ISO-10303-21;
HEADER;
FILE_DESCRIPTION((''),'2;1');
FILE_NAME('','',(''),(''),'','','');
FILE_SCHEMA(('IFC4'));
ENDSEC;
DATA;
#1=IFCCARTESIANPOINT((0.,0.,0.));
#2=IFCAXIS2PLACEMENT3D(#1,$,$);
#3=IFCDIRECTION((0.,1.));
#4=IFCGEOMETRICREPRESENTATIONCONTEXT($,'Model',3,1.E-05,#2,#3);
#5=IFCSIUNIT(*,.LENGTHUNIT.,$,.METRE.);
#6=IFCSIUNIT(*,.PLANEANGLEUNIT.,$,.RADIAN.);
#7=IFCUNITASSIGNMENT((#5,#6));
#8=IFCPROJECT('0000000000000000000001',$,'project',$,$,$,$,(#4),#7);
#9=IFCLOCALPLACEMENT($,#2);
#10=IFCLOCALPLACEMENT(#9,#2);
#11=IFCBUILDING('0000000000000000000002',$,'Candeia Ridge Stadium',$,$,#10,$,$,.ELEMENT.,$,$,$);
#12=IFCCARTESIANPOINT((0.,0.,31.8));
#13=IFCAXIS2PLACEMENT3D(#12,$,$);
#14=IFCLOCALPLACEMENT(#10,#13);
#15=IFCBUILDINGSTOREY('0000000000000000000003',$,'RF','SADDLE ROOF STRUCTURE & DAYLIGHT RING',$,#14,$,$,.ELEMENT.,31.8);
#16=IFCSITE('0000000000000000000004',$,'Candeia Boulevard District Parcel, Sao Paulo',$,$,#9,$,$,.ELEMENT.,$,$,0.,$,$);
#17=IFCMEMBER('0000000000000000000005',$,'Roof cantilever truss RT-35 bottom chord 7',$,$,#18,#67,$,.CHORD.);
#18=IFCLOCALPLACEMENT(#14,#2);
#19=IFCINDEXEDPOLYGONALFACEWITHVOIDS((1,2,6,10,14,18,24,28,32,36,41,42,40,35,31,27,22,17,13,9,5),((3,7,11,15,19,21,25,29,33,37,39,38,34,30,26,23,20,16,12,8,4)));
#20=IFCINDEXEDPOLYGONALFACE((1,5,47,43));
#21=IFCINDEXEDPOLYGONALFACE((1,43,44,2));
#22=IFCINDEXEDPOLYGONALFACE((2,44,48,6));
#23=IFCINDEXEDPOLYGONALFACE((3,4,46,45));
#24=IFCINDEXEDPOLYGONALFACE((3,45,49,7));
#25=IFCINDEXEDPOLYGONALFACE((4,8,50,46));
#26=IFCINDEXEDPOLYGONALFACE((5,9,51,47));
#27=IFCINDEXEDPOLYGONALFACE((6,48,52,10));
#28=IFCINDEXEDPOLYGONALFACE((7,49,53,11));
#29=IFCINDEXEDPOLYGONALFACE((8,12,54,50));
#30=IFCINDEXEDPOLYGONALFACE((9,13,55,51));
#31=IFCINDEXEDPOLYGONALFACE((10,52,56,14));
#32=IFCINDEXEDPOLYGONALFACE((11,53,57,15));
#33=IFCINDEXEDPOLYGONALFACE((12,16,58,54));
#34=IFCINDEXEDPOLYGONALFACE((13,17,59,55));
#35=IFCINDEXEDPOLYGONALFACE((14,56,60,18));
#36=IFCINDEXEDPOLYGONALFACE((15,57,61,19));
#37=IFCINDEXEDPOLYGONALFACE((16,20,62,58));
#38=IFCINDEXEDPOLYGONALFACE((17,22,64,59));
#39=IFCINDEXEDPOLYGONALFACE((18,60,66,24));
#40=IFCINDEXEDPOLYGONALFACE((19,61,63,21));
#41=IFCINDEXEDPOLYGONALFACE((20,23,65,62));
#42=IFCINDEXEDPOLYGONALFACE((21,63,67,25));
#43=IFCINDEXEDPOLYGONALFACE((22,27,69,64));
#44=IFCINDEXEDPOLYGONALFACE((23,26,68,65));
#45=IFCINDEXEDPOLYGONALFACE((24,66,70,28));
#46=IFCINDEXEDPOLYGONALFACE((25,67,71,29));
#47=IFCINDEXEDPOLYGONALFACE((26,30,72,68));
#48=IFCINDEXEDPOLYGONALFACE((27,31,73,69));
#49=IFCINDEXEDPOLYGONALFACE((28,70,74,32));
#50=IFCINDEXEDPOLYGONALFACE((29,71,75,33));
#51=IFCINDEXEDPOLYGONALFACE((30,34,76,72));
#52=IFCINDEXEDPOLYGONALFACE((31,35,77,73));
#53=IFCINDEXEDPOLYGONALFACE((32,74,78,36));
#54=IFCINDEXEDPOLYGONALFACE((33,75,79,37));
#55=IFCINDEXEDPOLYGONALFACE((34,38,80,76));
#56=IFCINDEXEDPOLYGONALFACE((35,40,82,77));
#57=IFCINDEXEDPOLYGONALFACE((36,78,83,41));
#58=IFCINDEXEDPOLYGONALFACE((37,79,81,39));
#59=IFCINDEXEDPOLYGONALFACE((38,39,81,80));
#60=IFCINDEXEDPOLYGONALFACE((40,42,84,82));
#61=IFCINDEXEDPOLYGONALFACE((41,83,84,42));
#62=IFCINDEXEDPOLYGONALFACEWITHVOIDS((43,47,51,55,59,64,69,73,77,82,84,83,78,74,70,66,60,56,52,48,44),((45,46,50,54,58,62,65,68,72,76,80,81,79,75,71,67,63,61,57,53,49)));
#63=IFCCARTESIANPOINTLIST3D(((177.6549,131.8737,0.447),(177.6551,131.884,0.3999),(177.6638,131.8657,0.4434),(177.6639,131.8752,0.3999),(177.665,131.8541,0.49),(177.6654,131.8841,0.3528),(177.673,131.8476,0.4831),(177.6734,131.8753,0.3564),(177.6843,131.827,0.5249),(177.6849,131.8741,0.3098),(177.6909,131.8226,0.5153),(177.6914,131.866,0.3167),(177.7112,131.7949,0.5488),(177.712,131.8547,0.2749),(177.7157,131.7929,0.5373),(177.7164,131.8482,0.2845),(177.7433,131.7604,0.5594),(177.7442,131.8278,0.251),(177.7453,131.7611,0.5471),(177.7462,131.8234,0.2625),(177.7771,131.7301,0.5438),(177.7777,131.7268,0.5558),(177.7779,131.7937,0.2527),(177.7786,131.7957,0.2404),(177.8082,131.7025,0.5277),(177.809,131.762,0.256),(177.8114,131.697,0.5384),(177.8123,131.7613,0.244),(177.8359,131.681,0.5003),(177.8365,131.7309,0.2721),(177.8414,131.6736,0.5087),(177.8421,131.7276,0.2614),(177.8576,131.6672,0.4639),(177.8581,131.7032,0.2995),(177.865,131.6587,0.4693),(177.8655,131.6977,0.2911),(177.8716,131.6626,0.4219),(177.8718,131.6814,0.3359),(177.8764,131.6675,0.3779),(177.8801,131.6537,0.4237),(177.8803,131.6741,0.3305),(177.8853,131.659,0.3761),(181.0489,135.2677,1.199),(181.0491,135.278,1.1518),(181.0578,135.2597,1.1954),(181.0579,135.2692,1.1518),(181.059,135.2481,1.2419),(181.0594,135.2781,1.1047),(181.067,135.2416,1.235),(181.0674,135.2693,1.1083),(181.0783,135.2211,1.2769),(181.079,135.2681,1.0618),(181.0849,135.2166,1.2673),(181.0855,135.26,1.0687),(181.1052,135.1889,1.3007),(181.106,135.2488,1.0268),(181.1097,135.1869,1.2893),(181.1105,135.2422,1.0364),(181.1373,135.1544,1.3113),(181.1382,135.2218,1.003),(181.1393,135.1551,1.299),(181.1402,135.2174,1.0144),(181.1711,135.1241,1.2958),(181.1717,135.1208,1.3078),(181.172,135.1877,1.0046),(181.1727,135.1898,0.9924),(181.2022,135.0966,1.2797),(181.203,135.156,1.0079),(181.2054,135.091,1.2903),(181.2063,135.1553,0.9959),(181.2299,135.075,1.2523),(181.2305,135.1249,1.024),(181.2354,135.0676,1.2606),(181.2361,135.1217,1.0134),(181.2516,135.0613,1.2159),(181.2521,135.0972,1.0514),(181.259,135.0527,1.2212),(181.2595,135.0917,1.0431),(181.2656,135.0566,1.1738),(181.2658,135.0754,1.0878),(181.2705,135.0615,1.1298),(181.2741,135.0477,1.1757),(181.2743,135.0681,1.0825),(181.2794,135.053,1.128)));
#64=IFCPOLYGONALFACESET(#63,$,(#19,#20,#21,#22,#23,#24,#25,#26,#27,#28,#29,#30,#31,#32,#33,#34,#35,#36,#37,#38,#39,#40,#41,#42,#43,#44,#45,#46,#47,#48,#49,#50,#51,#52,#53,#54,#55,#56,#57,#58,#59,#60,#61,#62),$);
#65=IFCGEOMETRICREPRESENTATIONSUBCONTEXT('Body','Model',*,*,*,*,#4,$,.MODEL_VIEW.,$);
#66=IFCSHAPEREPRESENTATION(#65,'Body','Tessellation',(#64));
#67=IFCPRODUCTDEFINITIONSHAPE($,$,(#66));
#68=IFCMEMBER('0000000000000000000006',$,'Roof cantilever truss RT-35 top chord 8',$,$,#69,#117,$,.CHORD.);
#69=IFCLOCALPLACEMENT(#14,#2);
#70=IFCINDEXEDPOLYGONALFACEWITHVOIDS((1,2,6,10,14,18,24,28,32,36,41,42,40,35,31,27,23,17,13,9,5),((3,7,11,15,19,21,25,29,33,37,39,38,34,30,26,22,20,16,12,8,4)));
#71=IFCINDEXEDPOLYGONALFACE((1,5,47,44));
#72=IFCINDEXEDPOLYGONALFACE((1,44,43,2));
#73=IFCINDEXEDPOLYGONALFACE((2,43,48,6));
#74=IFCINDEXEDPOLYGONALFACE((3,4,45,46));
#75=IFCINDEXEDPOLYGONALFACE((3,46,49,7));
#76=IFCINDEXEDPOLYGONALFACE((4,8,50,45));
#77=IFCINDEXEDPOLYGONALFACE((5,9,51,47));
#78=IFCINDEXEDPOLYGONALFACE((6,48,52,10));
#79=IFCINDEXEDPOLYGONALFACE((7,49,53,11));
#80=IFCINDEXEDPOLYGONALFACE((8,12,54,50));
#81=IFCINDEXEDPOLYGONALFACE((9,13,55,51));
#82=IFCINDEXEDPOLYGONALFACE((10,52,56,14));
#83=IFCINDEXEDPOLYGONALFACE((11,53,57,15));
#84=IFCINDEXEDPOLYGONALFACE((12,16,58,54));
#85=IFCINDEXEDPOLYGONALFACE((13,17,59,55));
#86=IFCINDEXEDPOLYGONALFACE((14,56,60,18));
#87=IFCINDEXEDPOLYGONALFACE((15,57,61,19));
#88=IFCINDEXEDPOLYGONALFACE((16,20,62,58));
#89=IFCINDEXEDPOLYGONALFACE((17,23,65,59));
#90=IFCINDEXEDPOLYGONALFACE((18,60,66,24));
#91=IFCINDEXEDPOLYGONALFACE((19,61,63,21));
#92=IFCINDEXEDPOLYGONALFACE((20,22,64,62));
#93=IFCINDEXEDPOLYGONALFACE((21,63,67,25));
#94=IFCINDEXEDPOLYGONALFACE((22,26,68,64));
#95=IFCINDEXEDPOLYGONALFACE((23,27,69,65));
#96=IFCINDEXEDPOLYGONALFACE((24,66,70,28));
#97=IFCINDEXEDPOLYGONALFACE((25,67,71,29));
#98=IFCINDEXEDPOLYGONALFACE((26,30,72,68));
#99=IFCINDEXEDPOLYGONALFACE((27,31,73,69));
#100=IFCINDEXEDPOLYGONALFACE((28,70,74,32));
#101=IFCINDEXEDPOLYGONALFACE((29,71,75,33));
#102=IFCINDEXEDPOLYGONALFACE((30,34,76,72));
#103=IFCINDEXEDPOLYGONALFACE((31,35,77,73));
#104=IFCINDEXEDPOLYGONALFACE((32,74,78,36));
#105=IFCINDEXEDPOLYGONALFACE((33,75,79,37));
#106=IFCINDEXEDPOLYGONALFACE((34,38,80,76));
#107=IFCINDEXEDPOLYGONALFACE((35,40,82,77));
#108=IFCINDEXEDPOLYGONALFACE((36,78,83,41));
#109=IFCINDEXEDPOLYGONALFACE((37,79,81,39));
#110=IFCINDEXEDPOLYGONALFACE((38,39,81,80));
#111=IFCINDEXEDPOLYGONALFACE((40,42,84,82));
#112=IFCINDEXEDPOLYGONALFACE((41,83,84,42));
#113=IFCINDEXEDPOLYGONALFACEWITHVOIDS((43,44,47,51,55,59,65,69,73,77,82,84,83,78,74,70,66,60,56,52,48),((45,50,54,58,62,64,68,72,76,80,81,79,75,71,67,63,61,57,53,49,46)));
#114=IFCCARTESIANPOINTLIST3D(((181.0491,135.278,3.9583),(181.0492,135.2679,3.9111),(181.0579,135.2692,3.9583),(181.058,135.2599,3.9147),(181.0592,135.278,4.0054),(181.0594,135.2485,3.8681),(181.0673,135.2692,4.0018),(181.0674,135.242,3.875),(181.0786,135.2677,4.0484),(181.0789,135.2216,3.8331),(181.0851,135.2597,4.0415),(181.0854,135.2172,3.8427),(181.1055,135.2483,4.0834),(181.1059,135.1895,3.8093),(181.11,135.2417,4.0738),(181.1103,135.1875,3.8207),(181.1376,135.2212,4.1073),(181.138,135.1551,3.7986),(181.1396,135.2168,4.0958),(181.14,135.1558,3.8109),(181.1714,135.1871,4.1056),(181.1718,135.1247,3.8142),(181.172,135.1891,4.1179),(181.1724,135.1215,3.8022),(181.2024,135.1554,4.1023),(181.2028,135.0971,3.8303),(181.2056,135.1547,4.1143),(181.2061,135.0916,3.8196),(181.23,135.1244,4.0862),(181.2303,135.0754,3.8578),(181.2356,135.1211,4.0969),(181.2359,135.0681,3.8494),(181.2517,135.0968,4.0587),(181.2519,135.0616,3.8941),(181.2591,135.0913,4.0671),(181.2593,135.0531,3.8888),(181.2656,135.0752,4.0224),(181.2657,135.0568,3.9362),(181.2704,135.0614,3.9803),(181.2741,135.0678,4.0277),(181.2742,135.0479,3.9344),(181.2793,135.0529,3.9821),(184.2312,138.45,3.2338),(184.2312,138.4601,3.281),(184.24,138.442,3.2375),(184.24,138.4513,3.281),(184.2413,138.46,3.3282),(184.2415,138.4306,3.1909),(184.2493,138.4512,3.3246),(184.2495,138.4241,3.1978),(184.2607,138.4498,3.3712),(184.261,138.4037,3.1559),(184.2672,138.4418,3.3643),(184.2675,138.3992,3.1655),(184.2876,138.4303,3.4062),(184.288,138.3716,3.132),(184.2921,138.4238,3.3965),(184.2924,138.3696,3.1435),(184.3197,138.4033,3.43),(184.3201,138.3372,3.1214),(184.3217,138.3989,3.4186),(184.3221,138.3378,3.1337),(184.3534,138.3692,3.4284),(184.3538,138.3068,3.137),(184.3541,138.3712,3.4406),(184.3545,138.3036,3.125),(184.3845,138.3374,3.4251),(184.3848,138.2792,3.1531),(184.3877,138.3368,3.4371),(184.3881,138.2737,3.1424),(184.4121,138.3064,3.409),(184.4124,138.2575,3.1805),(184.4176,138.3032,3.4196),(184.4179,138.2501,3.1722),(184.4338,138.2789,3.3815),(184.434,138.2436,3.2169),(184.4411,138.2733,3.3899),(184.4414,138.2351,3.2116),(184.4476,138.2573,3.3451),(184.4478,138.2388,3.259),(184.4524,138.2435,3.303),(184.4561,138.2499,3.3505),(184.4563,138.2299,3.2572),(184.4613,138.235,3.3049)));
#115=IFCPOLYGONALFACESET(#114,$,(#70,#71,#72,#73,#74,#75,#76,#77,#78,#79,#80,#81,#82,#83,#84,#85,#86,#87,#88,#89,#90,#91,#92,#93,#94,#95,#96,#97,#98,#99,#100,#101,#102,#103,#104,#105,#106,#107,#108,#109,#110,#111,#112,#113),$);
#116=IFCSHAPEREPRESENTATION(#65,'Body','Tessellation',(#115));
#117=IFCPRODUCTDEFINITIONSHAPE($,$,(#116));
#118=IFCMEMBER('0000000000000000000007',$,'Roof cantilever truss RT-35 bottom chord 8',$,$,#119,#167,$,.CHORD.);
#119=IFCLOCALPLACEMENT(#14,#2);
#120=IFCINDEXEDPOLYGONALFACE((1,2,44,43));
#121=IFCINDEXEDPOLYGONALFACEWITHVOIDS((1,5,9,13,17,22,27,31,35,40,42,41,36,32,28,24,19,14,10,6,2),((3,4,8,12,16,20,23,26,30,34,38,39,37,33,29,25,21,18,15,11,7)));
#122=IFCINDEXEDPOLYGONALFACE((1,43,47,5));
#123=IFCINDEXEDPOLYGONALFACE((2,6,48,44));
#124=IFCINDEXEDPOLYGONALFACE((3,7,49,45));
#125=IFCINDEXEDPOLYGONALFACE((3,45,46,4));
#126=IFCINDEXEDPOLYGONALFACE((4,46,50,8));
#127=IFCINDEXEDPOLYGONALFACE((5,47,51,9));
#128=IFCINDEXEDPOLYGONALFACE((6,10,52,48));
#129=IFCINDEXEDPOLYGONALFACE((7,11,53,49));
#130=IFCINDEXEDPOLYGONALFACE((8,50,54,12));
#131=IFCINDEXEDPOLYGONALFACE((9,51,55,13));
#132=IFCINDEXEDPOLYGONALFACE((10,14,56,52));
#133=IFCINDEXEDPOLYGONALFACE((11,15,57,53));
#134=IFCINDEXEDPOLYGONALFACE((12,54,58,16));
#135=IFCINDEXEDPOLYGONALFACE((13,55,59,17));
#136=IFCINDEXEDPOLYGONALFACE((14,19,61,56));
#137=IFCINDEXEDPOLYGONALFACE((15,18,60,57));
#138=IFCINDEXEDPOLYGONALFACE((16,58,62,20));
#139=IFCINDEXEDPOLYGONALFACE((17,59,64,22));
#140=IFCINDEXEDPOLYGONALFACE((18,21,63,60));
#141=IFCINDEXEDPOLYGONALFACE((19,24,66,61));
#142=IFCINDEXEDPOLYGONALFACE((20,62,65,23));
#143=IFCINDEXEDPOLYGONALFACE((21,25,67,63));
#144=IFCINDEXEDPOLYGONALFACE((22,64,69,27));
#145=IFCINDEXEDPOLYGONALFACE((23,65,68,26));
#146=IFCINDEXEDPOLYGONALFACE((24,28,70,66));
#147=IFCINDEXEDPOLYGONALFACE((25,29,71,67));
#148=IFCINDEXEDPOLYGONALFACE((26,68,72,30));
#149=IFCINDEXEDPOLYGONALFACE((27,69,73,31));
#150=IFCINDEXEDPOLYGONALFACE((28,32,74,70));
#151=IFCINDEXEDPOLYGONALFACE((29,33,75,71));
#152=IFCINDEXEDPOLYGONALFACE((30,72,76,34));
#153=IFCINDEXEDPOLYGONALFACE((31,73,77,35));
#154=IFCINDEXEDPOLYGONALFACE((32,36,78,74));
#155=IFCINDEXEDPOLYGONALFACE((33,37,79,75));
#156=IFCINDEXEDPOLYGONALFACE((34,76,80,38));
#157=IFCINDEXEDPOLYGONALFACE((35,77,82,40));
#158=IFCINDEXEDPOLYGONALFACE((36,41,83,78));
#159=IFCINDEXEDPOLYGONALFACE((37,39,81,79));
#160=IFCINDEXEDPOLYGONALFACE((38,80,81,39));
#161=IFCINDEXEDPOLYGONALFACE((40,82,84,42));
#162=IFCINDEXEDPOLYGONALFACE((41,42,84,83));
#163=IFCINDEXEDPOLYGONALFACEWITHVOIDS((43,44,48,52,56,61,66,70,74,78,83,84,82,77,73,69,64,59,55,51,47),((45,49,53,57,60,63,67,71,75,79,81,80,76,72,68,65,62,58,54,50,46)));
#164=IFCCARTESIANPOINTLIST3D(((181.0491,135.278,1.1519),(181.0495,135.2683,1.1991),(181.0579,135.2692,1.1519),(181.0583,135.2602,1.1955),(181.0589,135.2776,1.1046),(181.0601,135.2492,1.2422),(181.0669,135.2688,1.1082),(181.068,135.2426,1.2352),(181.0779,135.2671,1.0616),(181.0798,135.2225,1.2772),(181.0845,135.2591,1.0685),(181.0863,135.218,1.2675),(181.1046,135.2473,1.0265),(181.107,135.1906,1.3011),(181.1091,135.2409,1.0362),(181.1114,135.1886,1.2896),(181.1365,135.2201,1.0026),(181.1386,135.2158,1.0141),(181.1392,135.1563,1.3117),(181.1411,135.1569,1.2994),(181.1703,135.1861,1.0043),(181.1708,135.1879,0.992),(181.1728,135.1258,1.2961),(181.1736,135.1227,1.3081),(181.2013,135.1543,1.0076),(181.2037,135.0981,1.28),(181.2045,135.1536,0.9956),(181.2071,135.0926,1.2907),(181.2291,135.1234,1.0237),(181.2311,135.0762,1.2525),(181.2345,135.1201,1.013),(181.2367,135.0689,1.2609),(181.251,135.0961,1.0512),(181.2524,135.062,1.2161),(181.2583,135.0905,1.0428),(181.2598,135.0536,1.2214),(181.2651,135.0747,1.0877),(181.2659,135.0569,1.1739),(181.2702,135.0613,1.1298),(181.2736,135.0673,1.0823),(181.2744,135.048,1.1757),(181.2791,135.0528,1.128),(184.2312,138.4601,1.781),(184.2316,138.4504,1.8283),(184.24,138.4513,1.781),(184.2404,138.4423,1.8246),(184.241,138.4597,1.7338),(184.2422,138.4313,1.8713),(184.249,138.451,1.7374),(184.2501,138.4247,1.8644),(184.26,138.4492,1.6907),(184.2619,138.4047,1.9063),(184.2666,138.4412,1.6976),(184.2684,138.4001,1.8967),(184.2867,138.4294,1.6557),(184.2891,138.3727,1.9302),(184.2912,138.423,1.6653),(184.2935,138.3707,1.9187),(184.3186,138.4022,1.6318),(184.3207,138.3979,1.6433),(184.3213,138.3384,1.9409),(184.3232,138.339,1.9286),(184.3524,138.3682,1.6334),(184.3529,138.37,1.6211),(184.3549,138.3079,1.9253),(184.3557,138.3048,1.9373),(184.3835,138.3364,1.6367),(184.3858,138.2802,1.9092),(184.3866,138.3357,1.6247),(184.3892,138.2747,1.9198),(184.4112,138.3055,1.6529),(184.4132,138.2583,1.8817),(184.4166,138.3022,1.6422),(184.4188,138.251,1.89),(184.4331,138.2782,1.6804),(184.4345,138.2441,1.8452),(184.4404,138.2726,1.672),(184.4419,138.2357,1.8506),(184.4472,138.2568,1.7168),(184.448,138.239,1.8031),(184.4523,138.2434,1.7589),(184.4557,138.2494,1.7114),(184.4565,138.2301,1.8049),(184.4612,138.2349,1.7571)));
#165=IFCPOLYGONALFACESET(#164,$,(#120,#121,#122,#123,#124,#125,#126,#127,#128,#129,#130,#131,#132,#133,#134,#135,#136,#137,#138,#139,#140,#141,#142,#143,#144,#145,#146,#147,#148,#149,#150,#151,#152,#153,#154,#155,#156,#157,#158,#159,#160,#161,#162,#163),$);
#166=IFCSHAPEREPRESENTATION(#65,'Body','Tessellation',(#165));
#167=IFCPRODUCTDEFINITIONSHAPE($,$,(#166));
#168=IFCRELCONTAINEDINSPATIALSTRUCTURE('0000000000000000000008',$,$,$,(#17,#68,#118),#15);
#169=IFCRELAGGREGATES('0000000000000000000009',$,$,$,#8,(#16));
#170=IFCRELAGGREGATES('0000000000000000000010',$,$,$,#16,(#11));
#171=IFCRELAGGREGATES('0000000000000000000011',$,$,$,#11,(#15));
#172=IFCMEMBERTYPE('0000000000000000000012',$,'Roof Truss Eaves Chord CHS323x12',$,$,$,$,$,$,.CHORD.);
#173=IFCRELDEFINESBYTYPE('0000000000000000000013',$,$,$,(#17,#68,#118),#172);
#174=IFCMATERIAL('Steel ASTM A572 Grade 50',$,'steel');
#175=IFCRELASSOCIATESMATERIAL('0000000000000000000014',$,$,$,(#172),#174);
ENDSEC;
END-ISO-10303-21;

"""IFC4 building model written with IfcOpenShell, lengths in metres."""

from ifc_helpers import new_model, si_unit, direction, frame, origin, origin_2d, place, context, subcontext, project, spatial, hollow_circle, extrude, material, material_profile, profile_set, type_object, element, save


model = new_model("IFC4")

# Units and contexts
model_context = context("Model", 3, precision=1e-05, world=origin(), true_north=direction((0.0, 1.0)))
body_context = subcontext(model_context, "Body", "Model", "MODEL_VIEW")
ifc_project = project(units=[si_unit("LENGTHUNIT", "METRE"), si_unit("PLANEANGLEUNIT", "RADIAN")], contexts=[model_context])

# Site, building, storey
site_placement = place(None, origin())
site = spatial("IfcSite", under=ifc_project, at=site_placement, Name="Candeia Boulevard District Parcel, Sao Paulo", CompositionType="ELEMENT", RefElevation=0.0)
building_placement = place(site_placement, origin())
building = spatial("IfcBuilding", under=site, at=building_placement, Name="Candeia Ridge Stadium", CompositionType="ELEMENT")
storey_placement = place(building_placement, frame((0.0, 0.0, 31.8)))
storey = spatial("IfcBuildingStorey", under=building, at=storey_placement, Name="RF", Description="SADDLE ROOF STRUCTURE & DAYLIGHT RING", CompositionType="ELEMENT", Elevation=31.8)

# Shared definitions
ifc_material_1 = material(Name="Steel ASTM A572 Grade 50", Category="steel")

# Members
ifc_material_profile_1 = material_profile(ifc_material_1, hollow_circle(Radius=0.1619, WallThickness=0.0125, at=origin_2d()), Name="CHS323x12", Category="steel")
ifc_profile_set_1 = profile_set([ifc_material_profile_1], Name="Steel ASTM A572 Grade 50")
member_type_1 = type_object("IfcMemberType", Name="Roof Truss Eaves Chord CHS323x12", PredefinedType="CHORD", material=ifc_profile_set_1)
member_1_placement = place(storey_placement, frame((177.7695, 131.7695, 0.3999), z_axis=(0.698586, 0.698586, 0.154772), x_axis=(-0.707107, 0.707107, 0.0)))
element("IfcMember", 1, at=member_1_placement, inside=storey, type_object=member_type_1, Name="Roof cantilever truss RT-35 bottom chord 7", PredefinedType="CHORD", context=body_context, shape_type="SweptSolid", body=[
    extrude(hollow_circle(Radius=0.1619, WallThickness=0.0125, at=origin_2d()), origin(), (0.0, 0.0, 1.0), 4.8584),
])
member_2_placement = place(storey_placement, frame((181.1636, 135.1636, 3.9583), z_axis=(0.699233, 0.699233, -0.148816), x_axis=(-0.707107, 0.707107, 0.0)))
element("IfcMember", 2, at=member_2_placement, inside=storey, type_object=member_type_1, Name="Roof cantilever truss RT-35 top chord 8", PredefinedType="CHORD", context=body_context, shape_type="SweptSolid", body=[
    extrude(hollow_circle(Radius=0.1619, WallThickness=0.0125, at=origin_2d()), origin(), (0.0, 0.0, 1.0), 4.5508),
])
member_3_placement = place(storey_placement, frame((181.1636, 135.1636, 1.1519), z_axis=(0.700296, 0.700296, 0.138458), x_axis=(-0.707107, 0.707107, 0.0)))
element("IfcMember", 3, at=member_3_placement, inside=storey, type_object=member_type_1, Name="Roof cantilever truss RT-35 bottom chord 8", PredefinedType="CHORD", context=body_context, shape_type="SweptSolid", body=[
    extrude(hollow_circle(Radius=0.1619, WallThickness=0.0125, at=origin_2d()), origin(), (0.0, 0.0, 1.0), 4.5439),
])

save(model, "model.ifc")
